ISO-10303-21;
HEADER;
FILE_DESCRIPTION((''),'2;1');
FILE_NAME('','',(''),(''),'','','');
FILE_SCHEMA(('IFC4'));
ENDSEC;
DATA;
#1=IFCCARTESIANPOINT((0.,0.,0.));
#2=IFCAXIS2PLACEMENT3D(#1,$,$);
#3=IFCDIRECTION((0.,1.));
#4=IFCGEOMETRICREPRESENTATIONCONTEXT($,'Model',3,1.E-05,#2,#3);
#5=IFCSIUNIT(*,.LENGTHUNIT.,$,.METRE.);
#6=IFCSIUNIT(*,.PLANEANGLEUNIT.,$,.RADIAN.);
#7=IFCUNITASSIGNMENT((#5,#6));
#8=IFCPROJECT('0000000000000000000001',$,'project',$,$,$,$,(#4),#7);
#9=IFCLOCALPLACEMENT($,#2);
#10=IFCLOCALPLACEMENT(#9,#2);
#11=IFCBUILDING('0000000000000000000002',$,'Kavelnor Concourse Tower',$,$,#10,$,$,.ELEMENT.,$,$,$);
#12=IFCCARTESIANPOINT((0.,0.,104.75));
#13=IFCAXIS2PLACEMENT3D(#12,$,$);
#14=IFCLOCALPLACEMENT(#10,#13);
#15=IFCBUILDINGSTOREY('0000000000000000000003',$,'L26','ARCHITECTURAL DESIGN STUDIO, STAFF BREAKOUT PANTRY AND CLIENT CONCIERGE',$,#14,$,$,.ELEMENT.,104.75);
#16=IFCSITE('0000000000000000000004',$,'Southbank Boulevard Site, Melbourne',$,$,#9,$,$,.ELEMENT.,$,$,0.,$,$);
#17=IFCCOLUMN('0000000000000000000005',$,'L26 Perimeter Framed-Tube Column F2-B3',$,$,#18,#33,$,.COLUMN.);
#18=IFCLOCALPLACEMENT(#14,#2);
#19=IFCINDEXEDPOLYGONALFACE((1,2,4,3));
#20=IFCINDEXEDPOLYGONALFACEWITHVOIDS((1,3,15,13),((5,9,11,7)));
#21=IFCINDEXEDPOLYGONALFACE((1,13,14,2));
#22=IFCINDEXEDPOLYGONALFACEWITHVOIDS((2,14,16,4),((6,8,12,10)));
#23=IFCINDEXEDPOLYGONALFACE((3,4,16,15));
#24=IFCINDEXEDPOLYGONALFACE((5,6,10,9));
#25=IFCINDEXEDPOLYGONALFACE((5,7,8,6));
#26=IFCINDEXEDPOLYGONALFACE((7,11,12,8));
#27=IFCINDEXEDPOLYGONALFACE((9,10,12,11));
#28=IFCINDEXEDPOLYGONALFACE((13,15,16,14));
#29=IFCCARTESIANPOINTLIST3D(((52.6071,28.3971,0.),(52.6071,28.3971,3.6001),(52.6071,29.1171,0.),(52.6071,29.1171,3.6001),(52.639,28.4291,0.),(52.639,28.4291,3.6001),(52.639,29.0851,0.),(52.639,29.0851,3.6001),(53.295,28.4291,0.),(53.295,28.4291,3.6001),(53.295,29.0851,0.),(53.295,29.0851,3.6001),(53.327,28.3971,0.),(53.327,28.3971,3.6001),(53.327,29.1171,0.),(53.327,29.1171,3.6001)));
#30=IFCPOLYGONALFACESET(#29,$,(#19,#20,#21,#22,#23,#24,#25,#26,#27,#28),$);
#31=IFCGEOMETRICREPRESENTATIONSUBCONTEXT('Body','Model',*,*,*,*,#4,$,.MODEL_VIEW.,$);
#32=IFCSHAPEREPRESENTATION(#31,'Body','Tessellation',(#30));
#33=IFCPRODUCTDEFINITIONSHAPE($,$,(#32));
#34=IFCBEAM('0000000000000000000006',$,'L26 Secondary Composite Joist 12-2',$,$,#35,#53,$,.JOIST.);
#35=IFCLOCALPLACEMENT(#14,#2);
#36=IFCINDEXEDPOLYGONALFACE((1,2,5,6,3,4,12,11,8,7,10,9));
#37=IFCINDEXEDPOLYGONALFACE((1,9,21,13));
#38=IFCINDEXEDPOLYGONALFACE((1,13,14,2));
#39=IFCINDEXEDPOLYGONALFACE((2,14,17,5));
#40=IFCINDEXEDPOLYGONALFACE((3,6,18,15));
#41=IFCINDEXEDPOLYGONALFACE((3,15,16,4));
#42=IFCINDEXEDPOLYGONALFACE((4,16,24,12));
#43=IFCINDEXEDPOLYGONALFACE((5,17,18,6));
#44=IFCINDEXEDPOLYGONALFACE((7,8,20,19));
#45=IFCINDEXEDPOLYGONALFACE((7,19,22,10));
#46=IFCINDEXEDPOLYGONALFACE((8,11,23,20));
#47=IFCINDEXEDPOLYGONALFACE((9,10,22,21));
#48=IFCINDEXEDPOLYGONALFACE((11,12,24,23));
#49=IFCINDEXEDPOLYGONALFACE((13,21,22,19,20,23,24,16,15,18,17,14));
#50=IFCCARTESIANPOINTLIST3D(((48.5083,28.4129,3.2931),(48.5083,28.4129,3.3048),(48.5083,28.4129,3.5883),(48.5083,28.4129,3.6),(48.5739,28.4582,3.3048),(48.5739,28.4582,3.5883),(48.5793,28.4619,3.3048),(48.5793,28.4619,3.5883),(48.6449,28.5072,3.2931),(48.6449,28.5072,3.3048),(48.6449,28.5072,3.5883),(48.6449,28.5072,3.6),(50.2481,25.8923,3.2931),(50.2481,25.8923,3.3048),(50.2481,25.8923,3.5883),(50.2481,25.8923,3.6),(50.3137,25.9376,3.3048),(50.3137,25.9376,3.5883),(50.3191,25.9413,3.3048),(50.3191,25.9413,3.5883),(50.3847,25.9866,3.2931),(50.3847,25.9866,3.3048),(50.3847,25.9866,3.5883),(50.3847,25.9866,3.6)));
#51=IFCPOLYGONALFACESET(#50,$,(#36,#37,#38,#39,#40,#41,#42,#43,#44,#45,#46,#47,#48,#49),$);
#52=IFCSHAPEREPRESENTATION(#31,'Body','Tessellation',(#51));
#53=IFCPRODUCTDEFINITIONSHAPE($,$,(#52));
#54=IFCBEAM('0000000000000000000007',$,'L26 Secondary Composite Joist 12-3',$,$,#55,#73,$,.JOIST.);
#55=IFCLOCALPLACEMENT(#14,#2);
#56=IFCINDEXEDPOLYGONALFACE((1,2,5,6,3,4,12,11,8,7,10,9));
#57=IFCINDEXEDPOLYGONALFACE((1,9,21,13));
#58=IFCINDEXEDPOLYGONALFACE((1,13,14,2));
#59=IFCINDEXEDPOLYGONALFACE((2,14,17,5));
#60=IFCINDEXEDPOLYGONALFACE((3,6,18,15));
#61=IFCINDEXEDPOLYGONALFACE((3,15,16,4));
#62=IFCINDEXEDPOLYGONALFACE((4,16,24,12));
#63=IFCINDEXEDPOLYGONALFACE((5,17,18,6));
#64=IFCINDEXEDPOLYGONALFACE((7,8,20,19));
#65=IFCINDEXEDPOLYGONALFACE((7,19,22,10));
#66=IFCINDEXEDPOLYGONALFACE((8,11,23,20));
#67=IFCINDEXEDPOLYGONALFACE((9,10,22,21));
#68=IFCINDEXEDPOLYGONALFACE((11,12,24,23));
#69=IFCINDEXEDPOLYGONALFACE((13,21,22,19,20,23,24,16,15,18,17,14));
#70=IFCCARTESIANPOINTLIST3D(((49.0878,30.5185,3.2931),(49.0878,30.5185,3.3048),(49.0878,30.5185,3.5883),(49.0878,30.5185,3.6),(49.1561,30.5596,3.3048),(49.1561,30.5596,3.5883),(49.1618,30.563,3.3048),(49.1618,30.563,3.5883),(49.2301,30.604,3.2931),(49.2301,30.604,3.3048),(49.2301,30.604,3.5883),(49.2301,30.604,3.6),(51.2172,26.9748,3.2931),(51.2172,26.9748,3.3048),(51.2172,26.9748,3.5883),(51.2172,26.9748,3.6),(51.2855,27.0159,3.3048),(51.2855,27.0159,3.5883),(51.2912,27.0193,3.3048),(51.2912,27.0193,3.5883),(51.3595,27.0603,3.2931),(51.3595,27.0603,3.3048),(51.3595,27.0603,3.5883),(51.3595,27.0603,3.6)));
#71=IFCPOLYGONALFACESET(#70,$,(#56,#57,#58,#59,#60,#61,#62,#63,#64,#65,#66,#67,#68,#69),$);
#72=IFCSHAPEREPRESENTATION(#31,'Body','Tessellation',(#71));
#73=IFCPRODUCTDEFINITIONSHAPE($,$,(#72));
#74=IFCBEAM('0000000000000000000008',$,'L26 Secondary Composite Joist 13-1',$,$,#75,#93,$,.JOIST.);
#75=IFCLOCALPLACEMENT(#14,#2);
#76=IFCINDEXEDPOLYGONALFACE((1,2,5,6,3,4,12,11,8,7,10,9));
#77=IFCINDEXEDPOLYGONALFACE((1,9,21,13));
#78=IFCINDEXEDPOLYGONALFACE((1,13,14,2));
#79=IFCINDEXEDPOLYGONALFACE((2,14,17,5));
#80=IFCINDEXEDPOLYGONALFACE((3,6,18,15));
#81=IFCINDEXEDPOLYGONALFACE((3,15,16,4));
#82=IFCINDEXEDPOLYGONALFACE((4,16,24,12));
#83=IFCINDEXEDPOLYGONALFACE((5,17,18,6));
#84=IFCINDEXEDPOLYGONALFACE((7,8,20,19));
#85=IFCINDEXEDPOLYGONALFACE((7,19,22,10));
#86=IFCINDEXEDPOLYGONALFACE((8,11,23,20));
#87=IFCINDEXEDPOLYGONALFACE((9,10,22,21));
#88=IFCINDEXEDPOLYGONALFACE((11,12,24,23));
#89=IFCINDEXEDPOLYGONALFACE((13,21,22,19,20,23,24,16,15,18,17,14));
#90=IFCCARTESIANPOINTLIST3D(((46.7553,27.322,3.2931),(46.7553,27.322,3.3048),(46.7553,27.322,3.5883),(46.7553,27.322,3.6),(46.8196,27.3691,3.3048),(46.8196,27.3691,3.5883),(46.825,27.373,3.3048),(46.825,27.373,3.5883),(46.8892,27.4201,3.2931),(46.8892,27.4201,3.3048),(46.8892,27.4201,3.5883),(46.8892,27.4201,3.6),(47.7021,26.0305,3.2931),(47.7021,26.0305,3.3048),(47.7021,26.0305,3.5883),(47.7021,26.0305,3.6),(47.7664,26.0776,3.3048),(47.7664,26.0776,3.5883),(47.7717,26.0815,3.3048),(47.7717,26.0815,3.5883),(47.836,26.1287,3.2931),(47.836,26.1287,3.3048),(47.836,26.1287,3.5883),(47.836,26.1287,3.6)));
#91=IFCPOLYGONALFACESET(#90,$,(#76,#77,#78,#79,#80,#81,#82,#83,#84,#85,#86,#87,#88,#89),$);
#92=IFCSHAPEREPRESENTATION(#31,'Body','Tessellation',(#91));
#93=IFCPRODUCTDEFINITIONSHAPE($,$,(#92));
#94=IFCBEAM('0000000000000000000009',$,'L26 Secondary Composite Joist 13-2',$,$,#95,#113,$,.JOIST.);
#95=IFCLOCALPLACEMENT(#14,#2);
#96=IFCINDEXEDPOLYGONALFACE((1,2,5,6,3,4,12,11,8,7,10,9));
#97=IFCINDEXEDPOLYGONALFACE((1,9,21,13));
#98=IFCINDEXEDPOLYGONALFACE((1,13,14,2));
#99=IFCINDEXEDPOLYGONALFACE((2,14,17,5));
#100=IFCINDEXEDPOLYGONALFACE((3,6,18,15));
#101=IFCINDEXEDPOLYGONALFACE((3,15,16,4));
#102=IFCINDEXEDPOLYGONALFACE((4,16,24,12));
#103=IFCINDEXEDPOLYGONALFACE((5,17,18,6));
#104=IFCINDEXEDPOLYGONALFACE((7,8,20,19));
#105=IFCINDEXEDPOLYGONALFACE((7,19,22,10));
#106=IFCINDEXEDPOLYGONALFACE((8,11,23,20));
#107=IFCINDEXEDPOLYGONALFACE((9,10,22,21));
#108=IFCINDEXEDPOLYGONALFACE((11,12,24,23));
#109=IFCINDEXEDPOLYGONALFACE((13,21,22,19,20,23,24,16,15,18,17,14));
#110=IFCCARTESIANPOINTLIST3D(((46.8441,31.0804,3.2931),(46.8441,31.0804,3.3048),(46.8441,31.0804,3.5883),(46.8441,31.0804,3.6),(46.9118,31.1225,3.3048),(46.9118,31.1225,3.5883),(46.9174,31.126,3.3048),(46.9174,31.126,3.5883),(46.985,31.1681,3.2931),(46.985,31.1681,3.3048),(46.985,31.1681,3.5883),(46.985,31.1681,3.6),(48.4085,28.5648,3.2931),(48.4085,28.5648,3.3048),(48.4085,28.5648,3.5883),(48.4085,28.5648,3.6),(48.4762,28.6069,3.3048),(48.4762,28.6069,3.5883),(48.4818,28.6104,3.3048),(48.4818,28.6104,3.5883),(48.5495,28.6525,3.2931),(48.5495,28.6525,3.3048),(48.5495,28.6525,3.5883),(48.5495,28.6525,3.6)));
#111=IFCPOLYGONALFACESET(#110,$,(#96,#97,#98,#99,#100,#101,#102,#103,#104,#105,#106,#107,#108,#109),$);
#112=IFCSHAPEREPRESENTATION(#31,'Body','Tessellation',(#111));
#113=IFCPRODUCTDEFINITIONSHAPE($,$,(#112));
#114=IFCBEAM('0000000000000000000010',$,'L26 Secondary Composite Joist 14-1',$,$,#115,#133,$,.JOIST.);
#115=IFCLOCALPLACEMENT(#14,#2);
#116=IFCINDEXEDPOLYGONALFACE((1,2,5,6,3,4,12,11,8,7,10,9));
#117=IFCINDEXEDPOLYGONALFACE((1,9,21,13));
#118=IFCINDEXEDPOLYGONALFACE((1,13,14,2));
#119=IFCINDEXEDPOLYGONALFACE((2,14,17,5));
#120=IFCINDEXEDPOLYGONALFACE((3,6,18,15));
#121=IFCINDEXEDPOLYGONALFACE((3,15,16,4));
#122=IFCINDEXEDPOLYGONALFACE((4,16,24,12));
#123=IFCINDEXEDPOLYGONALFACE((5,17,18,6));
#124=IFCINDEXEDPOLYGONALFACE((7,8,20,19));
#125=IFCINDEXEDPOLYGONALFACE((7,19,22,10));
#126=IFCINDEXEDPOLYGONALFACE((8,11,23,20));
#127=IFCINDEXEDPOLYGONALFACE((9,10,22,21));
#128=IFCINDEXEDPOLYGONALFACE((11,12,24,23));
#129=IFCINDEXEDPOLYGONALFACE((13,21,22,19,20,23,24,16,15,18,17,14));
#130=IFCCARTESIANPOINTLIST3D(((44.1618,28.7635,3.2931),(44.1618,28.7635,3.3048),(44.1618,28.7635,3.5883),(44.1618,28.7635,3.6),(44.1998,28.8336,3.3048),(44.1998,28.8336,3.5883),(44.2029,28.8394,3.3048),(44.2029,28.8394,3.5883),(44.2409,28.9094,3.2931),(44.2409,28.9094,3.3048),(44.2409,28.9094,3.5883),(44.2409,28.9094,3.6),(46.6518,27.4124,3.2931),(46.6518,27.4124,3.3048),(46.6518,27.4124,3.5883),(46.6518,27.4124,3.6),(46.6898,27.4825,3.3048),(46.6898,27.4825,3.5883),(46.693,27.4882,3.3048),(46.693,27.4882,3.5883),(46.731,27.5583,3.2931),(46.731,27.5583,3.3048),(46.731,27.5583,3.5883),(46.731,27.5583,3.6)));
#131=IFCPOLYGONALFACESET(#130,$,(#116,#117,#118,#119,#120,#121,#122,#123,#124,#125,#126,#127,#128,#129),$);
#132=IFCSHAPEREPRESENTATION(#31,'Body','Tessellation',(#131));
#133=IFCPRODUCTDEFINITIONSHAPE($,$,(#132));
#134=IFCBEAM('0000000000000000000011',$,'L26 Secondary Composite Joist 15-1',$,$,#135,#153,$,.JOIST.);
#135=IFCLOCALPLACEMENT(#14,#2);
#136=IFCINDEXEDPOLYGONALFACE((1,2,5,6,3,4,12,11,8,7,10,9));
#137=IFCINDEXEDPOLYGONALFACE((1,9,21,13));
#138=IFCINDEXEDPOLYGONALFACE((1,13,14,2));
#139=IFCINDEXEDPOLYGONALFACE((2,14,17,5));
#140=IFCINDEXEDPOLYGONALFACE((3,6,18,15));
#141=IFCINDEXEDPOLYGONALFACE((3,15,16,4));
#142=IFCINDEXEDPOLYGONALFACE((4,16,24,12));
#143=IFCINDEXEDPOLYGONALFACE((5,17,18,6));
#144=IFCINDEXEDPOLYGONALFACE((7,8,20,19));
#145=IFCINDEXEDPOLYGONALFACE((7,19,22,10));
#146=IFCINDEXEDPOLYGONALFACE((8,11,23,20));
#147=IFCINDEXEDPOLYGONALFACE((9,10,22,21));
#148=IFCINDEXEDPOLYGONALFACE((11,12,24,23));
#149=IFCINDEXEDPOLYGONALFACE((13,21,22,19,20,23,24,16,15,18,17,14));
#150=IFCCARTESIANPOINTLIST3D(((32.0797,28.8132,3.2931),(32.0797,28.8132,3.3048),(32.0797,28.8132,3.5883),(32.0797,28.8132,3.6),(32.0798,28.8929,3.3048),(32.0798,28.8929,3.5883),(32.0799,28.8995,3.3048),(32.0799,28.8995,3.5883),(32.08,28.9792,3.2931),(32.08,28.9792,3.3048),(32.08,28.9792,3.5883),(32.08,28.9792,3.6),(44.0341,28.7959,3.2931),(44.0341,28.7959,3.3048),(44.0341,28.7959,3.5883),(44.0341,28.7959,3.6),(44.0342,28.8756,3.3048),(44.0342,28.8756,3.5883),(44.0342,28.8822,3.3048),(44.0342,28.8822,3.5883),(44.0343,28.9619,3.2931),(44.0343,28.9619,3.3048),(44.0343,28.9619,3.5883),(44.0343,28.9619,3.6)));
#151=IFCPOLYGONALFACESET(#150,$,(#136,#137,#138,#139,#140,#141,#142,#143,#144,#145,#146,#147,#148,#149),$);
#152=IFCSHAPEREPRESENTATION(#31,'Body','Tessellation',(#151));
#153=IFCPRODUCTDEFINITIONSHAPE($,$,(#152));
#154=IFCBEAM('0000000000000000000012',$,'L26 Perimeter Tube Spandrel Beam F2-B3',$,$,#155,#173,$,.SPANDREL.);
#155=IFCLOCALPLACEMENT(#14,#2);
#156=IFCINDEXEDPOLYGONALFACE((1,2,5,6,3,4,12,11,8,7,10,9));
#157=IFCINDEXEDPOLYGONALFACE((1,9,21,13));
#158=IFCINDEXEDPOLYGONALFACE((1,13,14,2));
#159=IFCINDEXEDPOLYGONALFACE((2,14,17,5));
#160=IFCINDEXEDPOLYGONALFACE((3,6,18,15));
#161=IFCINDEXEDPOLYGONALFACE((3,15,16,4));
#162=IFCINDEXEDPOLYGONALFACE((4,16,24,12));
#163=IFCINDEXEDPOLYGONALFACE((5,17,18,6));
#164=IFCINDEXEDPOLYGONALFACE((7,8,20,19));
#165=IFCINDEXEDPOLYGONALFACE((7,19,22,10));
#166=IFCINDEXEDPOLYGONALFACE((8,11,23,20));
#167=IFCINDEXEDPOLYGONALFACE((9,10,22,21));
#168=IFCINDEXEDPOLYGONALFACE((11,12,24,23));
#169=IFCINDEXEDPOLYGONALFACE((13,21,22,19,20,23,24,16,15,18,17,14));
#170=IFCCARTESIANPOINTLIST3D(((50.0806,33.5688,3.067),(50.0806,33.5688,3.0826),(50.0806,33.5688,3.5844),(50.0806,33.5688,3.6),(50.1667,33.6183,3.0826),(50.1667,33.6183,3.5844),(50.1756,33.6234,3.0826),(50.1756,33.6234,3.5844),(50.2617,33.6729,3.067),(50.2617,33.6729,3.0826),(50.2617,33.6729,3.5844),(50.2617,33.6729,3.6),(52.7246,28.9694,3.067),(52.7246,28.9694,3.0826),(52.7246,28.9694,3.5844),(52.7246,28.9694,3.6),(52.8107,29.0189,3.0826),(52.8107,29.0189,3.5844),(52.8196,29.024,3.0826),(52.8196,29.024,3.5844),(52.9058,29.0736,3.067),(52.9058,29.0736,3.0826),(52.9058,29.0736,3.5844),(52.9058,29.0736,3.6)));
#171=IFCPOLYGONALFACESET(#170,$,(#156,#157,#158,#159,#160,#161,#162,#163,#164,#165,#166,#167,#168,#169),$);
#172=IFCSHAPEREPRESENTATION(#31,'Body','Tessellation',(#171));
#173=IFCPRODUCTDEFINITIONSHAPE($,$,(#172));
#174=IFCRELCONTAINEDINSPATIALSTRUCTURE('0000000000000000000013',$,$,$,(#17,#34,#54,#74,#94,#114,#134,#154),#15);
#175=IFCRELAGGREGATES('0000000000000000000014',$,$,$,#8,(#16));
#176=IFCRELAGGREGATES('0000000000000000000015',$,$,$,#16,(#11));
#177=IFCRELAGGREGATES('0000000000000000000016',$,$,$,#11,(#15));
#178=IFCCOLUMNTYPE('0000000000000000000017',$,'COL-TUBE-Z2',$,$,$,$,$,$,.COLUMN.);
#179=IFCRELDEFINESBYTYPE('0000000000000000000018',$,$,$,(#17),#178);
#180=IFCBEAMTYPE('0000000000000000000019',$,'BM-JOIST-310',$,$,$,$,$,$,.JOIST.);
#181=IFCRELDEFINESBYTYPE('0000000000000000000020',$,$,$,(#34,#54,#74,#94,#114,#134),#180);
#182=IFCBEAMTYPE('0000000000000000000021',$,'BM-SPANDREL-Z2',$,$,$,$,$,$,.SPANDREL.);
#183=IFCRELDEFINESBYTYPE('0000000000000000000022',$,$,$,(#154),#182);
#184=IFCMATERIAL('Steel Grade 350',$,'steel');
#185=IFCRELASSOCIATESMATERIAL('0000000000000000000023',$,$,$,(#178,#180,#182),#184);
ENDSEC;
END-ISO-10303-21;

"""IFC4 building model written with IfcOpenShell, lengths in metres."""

from ifc_helpers import new_model, si_unit, direction, frame, origin, origin_2d, place, context, subcontext, project, spatial, hollow_rectangle, i_section, extrude, material, material_profile, profile_set, type_object, element, save


model = new_model("IFC4")

# Units and contexts
model_context = context("Model", 3, precision=1e-05, world=origin(), true_north=direction((0.0, 1.0)))
body_context = subcontext(model_context, "Body", "Model", "MODEL_VIEW")
ifc_project = project(units=[si_unit("LENGTHUNIT", "METRE"), si_unit("PLANEANGLEUNIT", "RADIAN")], contexts=[model_context])

# Site, building, storey
site_placement = place(None, origin())
site = spatial("IfcSite", under=ifc_project, at=site_placement, Name="Southbank Boulevard Site, Melbourne", CompositionType="ELEMENT", RefElevation=0.0)
building_placement = place(site_placement, origin())
building = spatial("IfcBuilding", under=site, at=building_placement, Name="Kavelnor Concourse Tower", CompositionType="ELEMENT")
storey_placement = place(building_placement, frame((0.0, 0.0, 104.75)))
storey = spatial("IfcBuildingStorey", under=building, at=storey_placement, Name="L26", Description="ARCHITECTURAL DESIGN STUDIO, STAFF BREAKOUT PANTRY AND CLIENT CONCIERGE", CompositionType="ELEMENT", Elevation=104.75)

# Column
ifc_material_1 = material(Name="Steel Grade 350", Category="steel")
ifc_material_profile_1 = material_profile(ifc_material_1, hollow_rectangle(XDim=0.72, YDim=0.72, WallThickness=0.032, at=origin_2d()), Name="SHS 720x720x32")
ifc_profile_set_1 = profile_set([ifc_material_profile_1], Name="Steel Grade 350")
column_type = type_object("IfcColumnType", Name="COL-TUBE-Z2", PredefinedType="COLUMN", material=ifc_profile_set_1)
column_placement = place(storey_placement, frame((52.967, 28.7571, 0.0), z_axis=(0.0, 0.0, 1.0), x_axis=(1.0, 0.0, 0.0)))
element("IfcColumn", 1, at=column_placement, inside=storey, type_object=column_type, Name="L26 Perimeter Framed-Tube Column F2-B3", PredefinedType="COLUMN", context=body_context, shape_type="SweptSolid", body=[
    extrude(hollow_rectangle(XDim=0.72, YDim=0.72, WallThickness=0.032, at=origin_2d()), origin(), (0.0, 0.0, 1.0), 3.6001),
])

# Beams
ifc_material_profile_2 = material_profile(ifc_material_1, i_section(OverallWidth=0.166, OverallDepth=0.3069, WebThickness=0.0066, FlangeThickness=0.0117, at=origin_2d()), Name="310UB46")
ifc_profile_set_2 = profile_set([ifc_material_profile_2], Name="Steel Grade 350")
beam_type_1 = type_object("IfcBeamType", Name="BM-JOIST-310", PredefinedType="JOIST", material=ifc_profile_set_2)
beam_1_placement = place(storey_placement, frame((50.3164, 25.9395, 3.4465), z_axis=(-0.568057, 0.822989, 0.0), x_axis=(-0.822989, -0.568057, 0.0)))
element("IfcBeam", 2, at=beam_1_placement, inside=storey, type_object=beam_type_1, Name="L26 Secondary Composite Joist 12-2", PredefinedType="JOIST", context=body_context, shape_type="SweptSolid", body=[
    extrude(i_section(OverallWidth=0.166, OverallDepth=0.3069, WebThickness=0.0066, FlangeThickness=0.0117, at=origin_2d()), origin(), (0.0, 0.0, 1.0), 3.0627),
])
beam_2_placement = place(storey_placement, frame((51.2883, 27.0176, 3.4465), z_axis=(-0.51506, 0.857154, 0.0), x_axis=(-0.857154, -0.51506, 0.0)))
element("IfcBeam", 3, at=beam_2_placement, inside=storey, type_object=beam_type_1, Name="L26 Secondary Composite Joist 12-3", PredefinedType="JOIST", context=body_context, shape_type="SweptSolid", body=[
    extrude(i_section(OverallWidth=0.166, OverallDepth=0.3069, WebThickness=0.0066, FlangeThickness=0.0117, at=origin_2d()), origin(), (0.0, 0.0, 1.0), 4.1343),
])
beam_3_placement = place(storey_placement, frame((47.769, 26.0796, 3.4465), z_axis=(-0.591231, 0.806502, 0.0), x_axis=(-0.806502, -0.591231, 0.0)))
element("IfcBeam", 4, at=beam_3_placement, inside=storey, type_object=beam_type_1, Name="L26 Secondary Composite Joist 13-1", PredefinedType="JOIST", context=body_context, shape_type="SweptSolid", body=[
    extrude(i_section(OverallWidth=0.166, OverallDepth=0.3069, WebThickness=0.0066, FlangeThickness=0.0117, at=origin_2d()), origin(), (0.0, 0.0, 1.0), 1.6013),
])
beam_4_placement = place(storey_placement, frame((48.479, 28.6086, 3.4465), z_axis=(-0.528101, 0.849181, 0.0), x_axis=(-0.849181, -0.528101, 0.0)))
element("IfcBeam", 5, at=beam_4_placement, inside=storey, type_object=beam_type_1, Name="L26 Secondary Composite Joist 13-2", PredefinedType="JOIST", context=body_context, shape_type="SweptSolid", body=[
    extrude(i_section(OverallWidth=0.166, OverallDepth=0.3069, WebThickness=0.0066, FlangeThickness=0.0117, at=origin_2d()), origin(), (0.0, 0.0, 1.0), 2.9624),
])
beam_5_placement = place(storey_placement, frame((46.6914, 27.4854, 3.4465), z_axis=(-0.878947, 0.476919, 0.0), x_axis=(-0.476919, -0.878947, 0.0)))
element("IfcBeam", 6, at=beam_5_placement, inside=storey, type_object=beam_type_1, Name="L26 Secondary Composite Joist 14-1", PredefinedType="JOIST", context=body_context, shape_type="SweptSolid", body=[
    extrude(i_section(OverallWidth=0.166, OverallDepth=0.3069, WebThickness=0.0066, FlangeThickness=0.0117, at=origin_2d()), origin(), (0.0, 0.0, 1.0), 2.833),
])
beam_6_placement = place(storey_placement, frame((44.0342, 28.8789, 3.4465), z_axis=(-0.999999, 0.00145, 0.0), x_axis=(-0.00145, -0.999999, 0.0)))
element("IfcBeam", 7, at=beam_6_placement, inside=storey, type_object=beam_type_1, Name="L26 Secondary Composite Joist 15-1", PredefinedType="JOIST", context=body_context, shape_type="SweptSolid", body=[
    extrude(i_section(OverallWidth=0.166, OverallDepth=0.3069, WebThickness=0.0066, FlangeThickness=0.0117, at=origin_2d()), origin(), (0.0, 0.0, 1.0), 11.9543),
])
ifc_material_profile_3 = material_profile(ifc_material_1, i_section(OverallWidth=0.209, OverallDepth=0.533, WebThickness=0.0103, FlangeThickness=0.0156, at=origin_2d()), Name="530UB92")
ifc_profile_set_3 = profile_set([ifc_material_profile_3], Name="Steel Grade 350")
beam_type_2 = type_object("IfcBeamType", Name="BM-SPANDREL-Z2", PredefinedType="SPANDREL", material=ifc_profile_set_3)
beam_7_placement = place(storey_placement, frame((52.8152, 29.0215, 3.3335), z_axis=(-0.498387, 0.866955, 0.0), x_axis=(-0.866955, -0.498387, 0.0)))
element("IfcBeam", 8, at=beam_7_placement, inside=storey, type_object=beam_type_2, Name="L26 Perimeter Tube Spandrel Beam F2-B3", PredefinedType="SPANDREL", context=body_context, shape_type="SweptSolid", body=[
    extrude(i_section(OverallWidth=0.209, OverallDepth=0.533, WebThickness=0.0103, FlangeThickness=0.0156, at=origin_2d()), origin(), (0.0, 0.0, 1.0), 5.3052),
])

save(model, "model.ifc")
